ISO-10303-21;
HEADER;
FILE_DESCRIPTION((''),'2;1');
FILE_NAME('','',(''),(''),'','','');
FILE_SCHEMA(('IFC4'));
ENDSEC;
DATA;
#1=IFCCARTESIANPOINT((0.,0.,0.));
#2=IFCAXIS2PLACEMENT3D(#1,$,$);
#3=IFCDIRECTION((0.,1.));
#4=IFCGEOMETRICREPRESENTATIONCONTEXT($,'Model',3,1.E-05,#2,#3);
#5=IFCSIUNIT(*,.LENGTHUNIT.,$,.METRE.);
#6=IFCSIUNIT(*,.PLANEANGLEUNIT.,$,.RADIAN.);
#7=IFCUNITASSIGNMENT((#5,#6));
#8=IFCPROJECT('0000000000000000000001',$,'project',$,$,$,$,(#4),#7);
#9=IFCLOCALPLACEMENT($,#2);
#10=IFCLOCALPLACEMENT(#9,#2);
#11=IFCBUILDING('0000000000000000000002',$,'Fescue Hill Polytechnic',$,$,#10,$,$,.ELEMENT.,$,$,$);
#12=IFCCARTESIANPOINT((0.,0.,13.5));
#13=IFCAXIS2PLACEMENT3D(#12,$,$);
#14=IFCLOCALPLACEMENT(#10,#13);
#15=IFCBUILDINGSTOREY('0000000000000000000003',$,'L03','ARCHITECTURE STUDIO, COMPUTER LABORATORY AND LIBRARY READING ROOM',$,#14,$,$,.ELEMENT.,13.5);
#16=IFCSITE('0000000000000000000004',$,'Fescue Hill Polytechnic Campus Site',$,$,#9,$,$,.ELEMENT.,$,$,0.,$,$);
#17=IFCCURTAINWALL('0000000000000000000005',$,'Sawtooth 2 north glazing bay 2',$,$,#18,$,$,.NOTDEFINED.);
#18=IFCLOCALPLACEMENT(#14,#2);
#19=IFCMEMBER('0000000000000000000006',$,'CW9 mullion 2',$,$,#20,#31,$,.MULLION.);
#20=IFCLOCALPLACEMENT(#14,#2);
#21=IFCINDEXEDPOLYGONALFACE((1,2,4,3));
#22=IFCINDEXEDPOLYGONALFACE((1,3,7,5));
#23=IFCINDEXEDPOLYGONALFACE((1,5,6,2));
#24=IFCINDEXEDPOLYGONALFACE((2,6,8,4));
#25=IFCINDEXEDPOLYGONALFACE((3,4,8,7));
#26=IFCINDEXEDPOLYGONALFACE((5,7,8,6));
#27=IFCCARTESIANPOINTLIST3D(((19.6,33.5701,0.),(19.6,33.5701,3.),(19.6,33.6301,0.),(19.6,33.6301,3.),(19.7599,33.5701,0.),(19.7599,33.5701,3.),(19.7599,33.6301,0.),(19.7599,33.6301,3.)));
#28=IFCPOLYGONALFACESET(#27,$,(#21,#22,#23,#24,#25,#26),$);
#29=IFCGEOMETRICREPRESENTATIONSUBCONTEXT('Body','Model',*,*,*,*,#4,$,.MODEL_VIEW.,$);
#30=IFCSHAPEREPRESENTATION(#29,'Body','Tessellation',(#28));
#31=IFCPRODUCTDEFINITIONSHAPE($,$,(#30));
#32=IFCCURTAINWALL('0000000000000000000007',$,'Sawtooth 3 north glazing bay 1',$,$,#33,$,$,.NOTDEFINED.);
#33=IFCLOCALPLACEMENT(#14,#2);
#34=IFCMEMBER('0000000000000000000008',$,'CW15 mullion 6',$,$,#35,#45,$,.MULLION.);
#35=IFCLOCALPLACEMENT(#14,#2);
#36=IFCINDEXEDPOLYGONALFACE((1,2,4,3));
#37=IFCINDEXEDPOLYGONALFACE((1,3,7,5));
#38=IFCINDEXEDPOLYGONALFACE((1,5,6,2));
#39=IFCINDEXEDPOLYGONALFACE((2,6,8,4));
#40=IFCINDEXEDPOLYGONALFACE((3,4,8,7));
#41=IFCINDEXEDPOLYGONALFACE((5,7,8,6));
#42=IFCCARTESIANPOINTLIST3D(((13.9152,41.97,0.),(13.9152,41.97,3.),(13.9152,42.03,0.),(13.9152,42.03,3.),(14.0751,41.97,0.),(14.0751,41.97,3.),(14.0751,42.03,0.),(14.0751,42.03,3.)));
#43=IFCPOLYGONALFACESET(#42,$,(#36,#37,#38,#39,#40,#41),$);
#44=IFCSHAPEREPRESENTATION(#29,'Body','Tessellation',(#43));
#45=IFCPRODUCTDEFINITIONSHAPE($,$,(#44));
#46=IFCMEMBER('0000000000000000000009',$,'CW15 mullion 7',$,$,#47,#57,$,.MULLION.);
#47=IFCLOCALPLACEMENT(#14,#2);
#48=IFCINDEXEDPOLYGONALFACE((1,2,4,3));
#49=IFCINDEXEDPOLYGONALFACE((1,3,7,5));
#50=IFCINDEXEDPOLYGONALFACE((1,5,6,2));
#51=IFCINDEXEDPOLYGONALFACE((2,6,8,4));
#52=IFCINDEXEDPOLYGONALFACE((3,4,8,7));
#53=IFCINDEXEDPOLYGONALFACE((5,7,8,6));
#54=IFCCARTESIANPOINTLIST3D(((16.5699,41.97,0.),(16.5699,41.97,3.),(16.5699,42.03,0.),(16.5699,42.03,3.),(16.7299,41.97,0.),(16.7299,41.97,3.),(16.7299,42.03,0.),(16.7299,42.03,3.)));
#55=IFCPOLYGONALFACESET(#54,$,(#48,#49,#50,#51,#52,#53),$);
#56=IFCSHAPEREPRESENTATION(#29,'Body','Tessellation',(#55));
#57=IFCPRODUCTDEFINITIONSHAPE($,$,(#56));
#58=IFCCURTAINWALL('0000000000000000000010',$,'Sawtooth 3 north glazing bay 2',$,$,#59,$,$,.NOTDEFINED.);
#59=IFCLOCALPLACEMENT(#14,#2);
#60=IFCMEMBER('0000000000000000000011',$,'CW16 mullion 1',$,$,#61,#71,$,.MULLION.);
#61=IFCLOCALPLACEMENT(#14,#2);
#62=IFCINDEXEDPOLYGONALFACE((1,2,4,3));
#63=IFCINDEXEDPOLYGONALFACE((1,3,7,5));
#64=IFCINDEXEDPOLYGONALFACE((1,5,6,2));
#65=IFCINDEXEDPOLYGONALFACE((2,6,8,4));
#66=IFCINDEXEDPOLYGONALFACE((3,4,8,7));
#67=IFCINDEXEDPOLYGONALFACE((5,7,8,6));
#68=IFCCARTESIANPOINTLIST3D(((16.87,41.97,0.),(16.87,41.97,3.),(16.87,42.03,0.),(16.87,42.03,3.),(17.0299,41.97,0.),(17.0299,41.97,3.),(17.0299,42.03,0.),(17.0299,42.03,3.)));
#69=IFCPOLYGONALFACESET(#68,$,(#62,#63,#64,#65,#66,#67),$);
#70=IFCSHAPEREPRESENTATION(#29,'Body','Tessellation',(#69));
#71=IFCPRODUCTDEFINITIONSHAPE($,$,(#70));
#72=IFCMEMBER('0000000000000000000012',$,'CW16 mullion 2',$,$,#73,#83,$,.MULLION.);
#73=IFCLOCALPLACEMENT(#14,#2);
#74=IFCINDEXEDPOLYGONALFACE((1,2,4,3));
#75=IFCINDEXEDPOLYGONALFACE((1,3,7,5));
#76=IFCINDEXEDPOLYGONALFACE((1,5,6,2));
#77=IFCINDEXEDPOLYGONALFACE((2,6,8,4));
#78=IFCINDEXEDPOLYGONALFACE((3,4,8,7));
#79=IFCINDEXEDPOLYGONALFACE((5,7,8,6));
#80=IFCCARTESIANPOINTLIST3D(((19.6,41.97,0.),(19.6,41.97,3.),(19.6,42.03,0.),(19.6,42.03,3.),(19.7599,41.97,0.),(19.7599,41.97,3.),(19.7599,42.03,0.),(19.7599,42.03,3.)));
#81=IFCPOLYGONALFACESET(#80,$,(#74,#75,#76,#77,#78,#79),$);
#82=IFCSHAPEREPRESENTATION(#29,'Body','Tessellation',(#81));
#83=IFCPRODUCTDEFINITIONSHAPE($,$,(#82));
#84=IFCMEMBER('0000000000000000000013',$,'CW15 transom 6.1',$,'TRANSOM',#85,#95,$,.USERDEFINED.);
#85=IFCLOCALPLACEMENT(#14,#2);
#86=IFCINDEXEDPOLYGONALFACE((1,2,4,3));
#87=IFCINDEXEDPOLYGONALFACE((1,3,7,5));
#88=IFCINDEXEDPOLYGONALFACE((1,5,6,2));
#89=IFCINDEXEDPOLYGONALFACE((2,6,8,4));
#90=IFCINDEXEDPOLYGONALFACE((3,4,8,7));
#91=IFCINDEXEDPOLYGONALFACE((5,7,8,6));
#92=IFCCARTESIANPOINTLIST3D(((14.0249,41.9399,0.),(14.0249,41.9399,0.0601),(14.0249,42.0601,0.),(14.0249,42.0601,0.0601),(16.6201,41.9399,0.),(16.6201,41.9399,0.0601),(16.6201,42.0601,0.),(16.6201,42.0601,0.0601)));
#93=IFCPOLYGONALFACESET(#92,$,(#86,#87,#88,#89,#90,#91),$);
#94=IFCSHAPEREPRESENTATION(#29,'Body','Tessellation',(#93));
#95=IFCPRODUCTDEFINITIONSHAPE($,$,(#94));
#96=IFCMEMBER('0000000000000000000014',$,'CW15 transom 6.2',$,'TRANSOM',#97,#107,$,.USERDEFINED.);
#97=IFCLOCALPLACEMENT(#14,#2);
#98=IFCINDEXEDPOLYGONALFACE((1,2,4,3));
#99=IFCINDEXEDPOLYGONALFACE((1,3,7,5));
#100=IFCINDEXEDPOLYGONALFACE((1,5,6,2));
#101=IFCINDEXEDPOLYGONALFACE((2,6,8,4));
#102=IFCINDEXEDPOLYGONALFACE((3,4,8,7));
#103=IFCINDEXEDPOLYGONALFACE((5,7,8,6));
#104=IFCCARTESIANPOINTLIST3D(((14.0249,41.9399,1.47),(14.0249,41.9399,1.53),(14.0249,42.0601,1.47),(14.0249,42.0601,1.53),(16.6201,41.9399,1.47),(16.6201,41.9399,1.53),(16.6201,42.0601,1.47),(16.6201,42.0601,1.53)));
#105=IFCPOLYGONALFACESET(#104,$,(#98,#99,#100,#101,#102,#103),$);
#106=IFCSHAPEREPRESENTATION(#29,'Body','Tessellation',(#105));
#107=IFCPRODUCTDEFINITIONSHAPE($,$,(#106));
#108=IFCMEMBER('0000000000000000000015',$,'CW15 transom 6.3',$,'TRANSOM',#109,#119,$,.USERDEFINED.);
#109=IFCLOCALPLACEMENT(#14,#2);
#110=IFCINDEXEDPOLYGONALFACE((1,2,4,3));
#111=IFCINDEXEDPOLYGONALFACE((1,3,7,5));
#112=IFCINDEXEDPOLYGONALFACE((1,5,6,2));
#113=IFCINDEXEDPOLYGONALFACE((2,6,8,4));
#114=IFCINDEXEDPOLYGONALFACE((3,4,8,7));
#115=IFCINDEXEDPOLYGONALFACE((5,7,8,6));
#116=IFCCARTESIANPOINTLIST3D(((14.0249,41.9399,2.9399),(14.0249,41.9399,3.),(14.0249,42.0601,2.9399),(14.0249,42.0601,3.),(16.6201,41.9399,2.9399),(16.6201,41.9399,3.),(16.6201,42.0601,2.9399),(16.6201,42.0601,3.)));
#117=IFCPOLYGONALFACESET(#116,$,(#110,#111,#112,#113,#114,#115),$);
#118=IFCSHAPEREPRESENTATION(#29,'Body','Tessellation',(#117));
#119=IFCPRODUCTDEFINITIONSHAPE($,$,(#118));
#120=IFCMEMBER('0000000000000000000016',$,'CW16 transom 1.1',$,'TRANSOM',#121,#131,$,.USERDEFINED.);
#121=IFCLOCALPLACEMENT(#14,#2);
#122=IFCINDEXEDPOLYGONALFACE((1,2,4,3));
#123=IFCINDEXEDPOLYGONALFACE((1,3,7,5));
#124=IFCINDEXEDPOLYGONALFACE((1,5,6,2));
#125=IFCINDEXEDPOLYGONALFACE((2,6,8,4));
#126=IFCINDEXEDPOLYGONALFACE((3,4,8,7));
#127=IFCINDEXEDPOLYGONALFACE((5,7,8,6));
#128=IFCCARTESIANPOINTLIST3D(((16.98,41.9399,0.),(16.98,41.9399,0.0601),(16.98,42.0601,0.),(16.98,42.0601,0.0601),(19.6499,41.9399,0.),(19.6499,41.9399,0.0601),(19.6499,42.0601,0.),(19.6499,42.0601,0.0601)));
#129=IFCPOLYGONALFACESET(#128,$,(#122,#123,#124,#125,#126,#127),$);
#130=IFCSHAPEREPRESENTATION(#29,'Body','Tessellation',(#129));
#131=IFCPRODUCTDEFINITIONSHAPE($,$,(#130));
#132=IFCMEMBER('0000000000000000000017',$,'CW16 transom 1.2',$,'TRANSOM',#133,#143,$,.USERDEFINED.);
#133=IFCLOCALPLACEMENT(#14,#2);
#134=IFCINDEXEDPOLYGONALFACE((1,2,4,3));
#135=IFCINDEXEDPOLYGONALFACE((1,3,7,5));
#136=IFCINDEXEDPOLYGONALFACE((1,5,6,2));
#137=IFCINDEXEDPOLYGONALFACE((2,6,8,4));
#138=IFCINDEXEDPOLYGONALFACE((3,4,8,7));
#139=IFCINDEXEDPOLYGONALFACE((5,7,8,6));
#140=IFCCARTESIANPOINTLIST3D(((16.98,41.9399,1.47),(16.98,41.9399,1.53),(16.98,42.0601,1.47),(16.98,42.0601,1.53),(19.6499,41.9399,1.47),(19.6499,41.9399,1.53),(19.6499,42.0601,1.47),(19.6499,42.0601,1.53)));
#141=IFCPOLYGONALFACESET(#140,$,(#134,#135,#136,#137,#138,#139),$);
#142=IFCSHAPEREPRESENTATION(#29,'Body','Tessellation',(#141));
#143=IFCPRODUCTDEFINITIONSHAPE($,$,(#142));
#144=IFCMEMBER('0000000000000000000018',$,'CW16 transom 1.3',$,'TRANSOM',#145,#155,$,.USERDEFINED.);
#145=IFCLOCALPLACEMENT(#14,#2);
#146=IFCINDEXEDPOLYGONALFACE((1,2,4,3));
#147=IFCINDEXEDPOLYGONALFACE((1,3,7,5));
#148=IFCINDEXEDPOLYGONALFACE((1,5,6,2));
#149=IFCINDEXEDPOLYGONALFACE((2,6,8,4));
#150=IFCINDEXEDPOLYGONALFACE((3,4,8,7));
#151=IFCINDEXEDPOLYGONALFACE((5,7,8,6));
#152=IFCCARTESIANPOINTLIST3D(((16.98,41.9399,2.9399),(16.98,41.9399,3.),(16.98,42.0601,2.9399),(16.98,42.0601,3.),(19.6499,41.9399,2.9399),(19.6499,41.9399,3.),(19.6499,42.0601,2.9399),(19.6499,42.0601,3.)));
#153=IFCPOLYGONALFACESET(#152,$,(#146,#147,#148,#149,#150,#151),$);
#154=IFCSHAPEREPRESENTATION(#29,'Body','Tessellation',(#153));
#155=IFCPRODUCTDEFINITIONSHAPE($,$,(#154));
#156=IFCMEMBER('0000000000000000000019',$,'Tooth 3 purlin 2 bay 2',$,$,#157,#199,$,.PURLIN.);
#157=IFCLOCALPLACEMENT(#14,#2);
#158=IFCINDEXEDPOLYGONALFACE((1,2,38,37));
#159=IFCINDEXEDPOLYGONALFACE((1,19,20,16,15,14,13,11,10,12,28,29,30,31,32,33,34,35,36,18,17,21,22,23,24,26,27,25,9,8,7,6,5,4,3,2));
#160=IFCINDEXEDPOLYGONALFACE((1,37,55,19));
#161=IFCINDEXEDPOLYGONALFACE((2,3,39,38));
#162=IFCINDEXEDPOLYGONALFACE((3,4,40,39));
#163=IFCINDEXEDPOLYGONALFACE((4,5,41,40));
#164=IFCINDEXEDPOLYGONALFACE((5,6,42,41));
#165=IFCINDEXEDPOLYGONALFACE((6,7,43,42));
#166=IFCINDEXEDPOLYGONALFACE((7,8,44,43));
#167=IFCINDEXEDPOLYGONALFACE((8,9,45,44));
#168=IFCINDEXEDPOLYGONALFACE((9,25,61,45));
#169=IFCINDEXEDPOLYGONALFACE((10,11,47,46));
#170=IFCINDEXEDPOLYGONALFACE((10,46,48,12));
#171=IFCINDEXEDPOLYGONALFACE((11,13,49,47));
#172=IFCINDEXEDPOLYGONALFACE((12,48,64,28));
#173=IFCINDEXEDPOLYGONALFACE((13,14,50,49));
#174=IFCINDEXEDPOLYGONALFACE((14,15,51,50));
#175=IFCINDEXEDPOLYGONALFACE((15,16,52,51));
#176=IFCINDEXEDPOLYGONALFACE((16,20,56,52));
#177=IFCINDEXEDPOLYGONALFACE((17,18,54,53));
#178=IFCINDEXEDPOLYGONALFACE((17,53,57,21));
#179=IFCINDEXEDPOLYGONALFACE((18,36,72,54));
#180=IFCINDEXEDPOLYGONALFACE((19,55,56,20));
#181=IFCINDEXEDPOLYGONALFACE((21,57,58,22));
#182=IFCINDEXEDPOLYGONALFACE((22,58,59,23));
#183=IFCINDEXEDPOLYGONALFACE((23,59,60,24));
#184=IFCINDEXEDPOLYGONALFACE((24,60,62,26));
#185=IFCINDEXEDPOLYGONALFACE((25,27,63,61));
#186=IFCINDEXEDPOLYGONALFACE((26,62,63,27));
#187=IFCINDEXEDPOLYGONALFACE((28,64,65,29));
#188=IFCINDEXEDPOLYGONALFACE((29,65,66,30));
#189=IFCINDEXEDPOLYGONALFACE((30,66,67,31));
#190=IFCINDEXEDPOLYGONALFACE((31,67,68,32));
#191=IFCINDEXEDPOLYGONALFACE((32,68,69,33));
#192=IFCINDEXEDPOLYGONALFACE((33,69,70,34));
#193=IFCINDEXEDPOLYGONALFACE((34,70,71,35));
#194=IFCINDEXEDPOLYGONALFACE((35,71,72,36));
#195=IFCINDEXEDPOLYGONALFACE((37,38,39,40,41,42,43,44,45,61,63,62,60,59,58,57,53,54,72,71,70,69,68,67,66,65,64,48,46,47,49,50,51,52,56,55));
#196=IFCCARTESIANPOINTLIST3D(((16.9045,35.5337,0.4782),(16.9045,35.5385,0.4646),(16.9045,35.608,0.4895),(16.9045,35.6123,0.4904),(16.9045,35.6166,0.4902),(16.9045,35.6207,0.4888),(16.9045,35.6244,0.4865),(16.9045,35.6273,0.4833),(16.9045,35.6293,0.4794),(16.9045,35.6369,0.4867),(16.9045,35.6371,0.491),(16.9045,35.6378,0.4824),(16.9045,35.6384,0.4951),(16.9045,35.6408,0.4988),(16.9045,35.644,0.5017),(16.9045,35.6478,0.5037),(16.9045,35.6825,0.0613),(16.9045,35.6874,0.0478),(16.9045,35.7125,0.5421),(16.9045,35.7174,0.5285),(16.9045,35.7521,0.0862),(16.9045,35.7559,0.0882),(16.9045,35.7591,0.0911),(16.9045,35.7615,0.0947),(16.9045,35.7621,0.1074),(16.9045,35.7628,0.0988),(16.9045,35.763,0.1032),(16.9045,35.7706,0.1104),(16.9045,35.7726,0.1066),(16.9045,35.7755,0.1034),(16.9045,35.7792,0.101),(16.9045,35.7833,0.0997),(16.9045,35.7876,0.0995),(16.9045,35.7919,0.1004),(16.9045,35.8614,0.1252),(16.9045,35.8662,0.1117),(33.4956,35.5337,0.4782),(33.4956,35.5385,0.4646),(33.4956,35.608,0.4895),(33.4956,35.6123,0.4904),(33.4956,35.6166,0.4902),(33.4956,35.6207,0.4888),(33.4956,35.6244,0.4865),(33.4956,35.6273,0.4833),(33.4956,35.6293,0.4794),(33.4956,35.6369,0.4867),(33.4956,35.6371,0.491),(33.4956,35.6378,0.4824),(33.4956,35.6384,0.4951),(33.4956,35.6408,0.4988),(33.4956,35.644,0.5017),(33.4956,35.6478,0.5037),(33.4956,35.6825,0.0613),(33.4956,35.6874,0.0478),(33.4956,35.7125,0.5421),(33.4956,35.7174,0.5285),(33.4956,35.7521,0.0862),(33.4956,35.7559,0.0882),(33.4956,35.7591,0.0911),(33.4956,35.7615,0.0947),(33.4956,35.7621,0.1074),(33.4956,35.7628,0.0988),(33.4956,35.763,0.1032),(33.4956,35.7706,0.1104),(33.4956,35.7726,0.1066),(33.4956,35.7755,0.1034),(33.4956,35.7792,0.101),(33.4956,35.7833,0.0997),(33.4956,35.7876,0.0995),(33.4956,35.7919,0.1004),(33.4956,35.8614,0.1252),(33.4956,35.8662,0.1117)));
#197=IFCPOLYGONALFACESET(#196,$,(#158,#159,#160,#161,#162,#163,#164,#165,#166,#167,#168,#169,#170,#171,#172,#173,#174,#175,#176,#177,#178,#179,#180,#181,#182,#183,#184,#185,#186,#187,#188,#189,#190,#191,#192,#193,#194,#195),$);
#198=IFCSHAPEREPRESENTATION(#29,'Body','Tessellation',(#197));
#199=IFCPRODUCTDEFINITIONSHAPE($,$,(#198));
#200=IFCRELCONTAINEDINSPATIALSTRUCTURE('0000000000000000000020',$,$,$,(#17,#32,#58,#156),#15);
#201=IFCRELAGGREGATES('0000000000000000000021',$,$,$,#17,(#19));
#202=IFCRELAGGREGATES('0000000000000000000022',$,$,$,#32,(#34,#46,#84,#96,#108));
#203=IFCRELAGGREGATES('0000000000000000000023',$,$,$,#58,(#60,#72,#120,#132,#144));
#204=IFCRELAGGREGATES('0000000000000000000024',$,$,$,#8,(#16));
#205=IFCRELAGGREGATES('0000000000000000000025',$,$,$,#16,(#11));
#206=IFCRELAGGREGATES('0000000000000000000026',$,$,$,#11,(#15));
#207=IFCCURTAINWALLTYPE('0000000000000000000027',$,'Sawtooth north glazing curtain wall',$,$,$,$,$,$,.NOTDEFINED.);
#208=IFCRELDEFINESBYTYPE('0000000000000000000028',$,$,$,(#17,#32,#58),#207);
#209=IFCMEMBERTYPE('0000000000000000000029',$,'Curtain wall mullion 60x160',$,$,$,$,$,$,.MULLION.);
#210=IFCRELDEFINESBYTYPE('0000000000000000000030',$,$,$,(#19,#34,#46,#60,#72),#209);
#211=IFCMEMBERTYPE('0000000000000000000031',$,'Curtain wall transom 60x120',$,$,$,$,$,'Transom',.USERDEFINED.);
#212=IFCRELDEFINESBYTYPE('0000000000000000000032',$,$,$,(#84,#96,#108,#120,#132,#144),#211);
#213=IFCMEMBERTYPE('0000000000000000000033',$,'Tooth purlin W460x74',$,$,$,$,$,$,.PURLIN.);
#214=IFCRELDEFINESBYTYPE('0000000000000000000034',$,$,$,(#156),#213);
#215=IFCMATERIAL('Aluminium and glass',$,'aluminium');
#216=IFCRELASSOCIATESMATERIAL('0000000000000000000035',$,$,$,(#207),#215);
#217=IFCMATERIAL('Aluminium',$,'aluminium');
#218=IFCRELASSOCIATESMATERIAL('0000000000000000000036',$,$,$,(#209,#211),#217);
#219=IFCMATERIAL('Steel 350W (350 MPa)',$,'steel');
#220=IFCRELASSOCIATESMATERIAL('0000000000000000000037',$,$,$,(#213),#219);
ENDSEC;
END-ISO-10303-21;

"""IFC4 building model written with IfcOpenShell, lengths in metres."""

from ifc_helpers import new_model, si_unit, direction, frame, origin, origin_2d, place, context, subcontext, project, spatial, rectangle, i_section, extrude, material, material_profile, profile_set, type_object, element, aggregate, save


model = new_model("IFC4")

# Units and contexts
model_context = context("Model", 3, precision=1e-05, world=origin(), true_north=direction((0.0, 1.0)))
body_context = subcontext(model_context, "Body", "Model", "MODEL_VIEW")
ifc_project = project(units=[si_unit("LENGTHUNIT", "METRE"), si_unit("PLANEANGLEUNIT", "RADIAN")], contexts=[model_context])

# Site, building, storey
site_placement = place(None, origin())
site = spatial("IfcSite", under=ifc_project, at=site_placement, Name="Fescue Hill Polytechnic Campus Site", CompositionType="ELEMENT", RefElevation=0.0)
building_placement = place(site_placement, origin())
building = spatial("IfcBuilding", under=site, at=building_placement, Name="Fescue Hill Polytechnic", CompositionType="ELEMENT")
storey_placement = place(building_placement, frame((0.0, 0.0, 13.5)))
storey = spatial("IfcBuildingStorey", under=building, at=storey_placement, Name="L03", Description="ARCHITECTURE STUDIO, COMPUTER LABORATORY AND LIBRARY READING ROOM", CompositionType="ELEMENT", Elevation=13.5)

# Curtain wall, member
ifc_material_1 = material(Name="Aluminium and glass", Category="aluminium")
curtain_wall_type = type_object("IfcCurtainWallType", Name="Sawtooth north glazing curtain wall", PredefinedType="NOTDEFINED", material=ifc_material_1)
curtain_wall_1_placement = place(storey_placement, origin())
curtain_wall_1 = element("IfcCurtainWall", 1, at=curtain_wall_1_placement, inside=storey, type_object=curtain_wall_type, Name="Sawtooth 2 north glazing bay 2", PredefinedType="NOTDEFINED")
ifc_material_2 = material(Name="Aluminium", Category="aluminium")
ifc_material_profile_1 = material_profile(ifc_material_2, rectangle(XDim=0.0601, YDim=0.1599, at=origin_2d()), Name="Curtain wall mullion 60x160")
ifc_profile_set_1 = profile_set([ifc_material_profile_1], Name="Aluminium")
member_type_1 = type_object("IfcMemberType", Name="Curtain wall mullion 60x160", PredefinedType="MULLION", material=ifc_profile_set_1)
member_1_placement = place(storey_placement, frame((19.6799, 33.6001, 0.0), z_axis=(0.0, 0.0, 1.0), x_axis=(0.0, 1.0, 0.0)))
member_1 = element("IfcMember", 2, at=member_1_placement, type_object=member_type_1, Name="CW9 mullion 2", PredefinedType="MULLION", context=body_context, shape_type="SweptSolid", body=[
    extrude(rectangle(XDim=0.0601, YDim=0.1599, at=origin_2d()), origin(), (0.0, 0.0, 1.0), 3.0),
])

# Curtain walls, members
curtain_wall_2_placement = place(storey_placement, origin())
curtain_wall_2 = element("IfcCurtainWall", 3, at=curtain_wall_2_placement, inside=storey, type_object=curtain_wall_type, Name="Sawtooth 3 north glazing bay 1", PredefinedType="NOTDEFINED")
member_2_placement = place(storey_placement, frame((13.9951, 42.0, 0.0), z_axis=(0.0, 0.0, 1.0), x_axis=(0.0, 1.0, 0.0)))
member_2 = element("IfcMember", 4, at=member_2_placement, type_object=member_type_1, Name="CW15 mullion 6", PredefinedType="MULLION", context=body_context, shape_type="SweptSolid", body=[
    extrude(rectangle(XDim=0.0601, YDim=0.1599, at=origin_2d()), origin(), (0.0, 0.0, 1.0), 3.0),
])
member_3_placement = place(storey_placement, frame((16.6499, 42.0, 0.0), z_axis=(0.0, 0.0, 1.0), x_axis=(0.0, 1.0, 0.0)))
member_3 = element("IfcMember", 5, at=member_3_placement, type_object=member_type_1, Name="CW15 mullion 7", PredefinedType="MULLION", context=body_context, shape_type="SweptSolid", body=[
    extrude(rectangle(XDim=0.0601, YDim=0.1599, at=origin_2d()), origin(), (0.0, 0.0, 1.0), 3.0),
])
curtain_wall_3_placement = place(storey_placement, origin())
curtain_wall_3 = element("IfcCurtainWall", 6, at=curtain_wall_3_placement, inside=storey, type_object=curtain_wall_type, Name="Sawtooth 3 north glazing bay 2", PredefinedType="NOTDEFINED")
member_4_placement = place(storey_placement, frame((16.95, 42.0, 0.0), z_axis=(0.0, 0.0, 1.0), x_axis=(0.0, 1.0, 0.0)))
member_4 = element("IfcMember", 7, at=member_4_placement, type_object=member_type_1, Name="CW16 mullion 1", PredefinedType="MULLION", context=body_context, shape_type="SweptSolid", body=[
    extrude(rectangle(XDim=0.0601, YDim=0.1599, at=origin_2d()), origin(), (0.0, 0.0, 1.0), 3.0),
])
member_5_placement = place(storey_placement, frame((19.6799, 42.0, 0.0), z_axis=(0.0, 0.0, 1.0), x_axis=(0.0, 1.0, 0.0)))
member_5 = element("IfcMember", 8, at=member_5_placement, type_object=member_type_1, Name="CW16 mullion 2", PredefinedType="MULLION", context=body_context, shape_type="SweptSolid", body=[
    extrude(rectangle(XDim=0.0601, YDim=0.1599, at=origin_2d()), origin(), (0.0, 0.0, 1.0), 3.0),
])

# Members
ifc_material_profile_2 = material_profile(ifc_material_2, rectangle(XDim=0.1201, YDim=0.0601, at=origin_2d()), Name="Curtain wall transom 60x120")
ifc_profile_set_2 = profile_set([ifc_material_profile_2], Name="Aluminium")
member_type_2 = type_object("IfcMemberType", Name="Curtain wall transom 60x120", ElementType="Transom", PredefinedType="USERDEFINED", material=ifc_profile_set_2)
member_6_placement = place(storey_placement, frame((14.0249, 42.0, 0.03), z_axis=(1.0, 0.0, 0.0), x_axis=(0.0, 1.0, 0.0)))
member_6 = element("IfcMember", 9, at=member_6_placement, type_object=member_type_2, Name="CW15 transom 6.1", ObjectType="TRANSOM", PredefinedType="USERDEFINED", context=body_context, shape_type="SweptSolid", body=[
    extrude(rectangle(XDim=0.1201, YDim=0.0601, at=origin_2d()), origin(), (0.0, 0.0, 1.0), 2.5952),
])
member_7_placement = place(storey_placement, frame((14.0249, 42.0, 1.5), z_axis=(1.0, 0.0, 0.0), x_axis=(0.0, 1.0, 0.0)))
member_7 = element("IfcMember", 10, at=member_7_placement, type_object=member_type_2, Name="CW15 transom 6.2", ObjectType="TRANSOM", PredefinedType="USERDEFINED", context=body_context, shape_type="SweptSolid", body=[
    extrude(rectangle(XDim=0.1201, YDim=0.0601, at=origin_2d()), origin(), (0.0, 0.0, 1.0), 2.5952),
])
member_8_placement = place(storey_placement, frame((14.0249, 42.0, 2.97), z_axis=(1.0, 0.0, 0.0), x_axis=(0.0, 1.0, 0.0)))
member_8 = element("IfcMember", 11, at=member_8_placement, type_object=member_type_2, Name="CW15 transom 6.3", ObjectType="TRANSOM", PredefinedType="USERDEFINED", context=body_context, shape_type="SweptSolid", body=[
    extrude(rectangle(XDim=0.1201, YDim=0.0601, at=origin_2d()), origin(), (0.0, 0.0, 1.0), 2.5952),
])
member_9_placement = place(storey_placement, frame((16.98, 42.0, 0.03), z_axis=(1.0, 0.0, 0.0), x_axis=(0.0, 1.0, 0.0)))
member_9 = element("IfcMember", 12, at=member_9_placement, type_object=member_type_2, Name="CW16 transom 1.1", ObjectType="TRANSOM", PredefinedType="USERDEFINED", context=body_context, shape_type="SweptSolid", body=[
    extrude(rectangle(XDim=0.1201, YDim=0.0601, at=origin_2d()), origin(), (0.0, 0.0, 1.0), 2.6699),
])
member_10_placement = place(storey_placement, frame((16.98, 42.0, 1.5), z_axis=(1.0, 0.0, 0.0), x_axis=(0.0, 1.0, 0.0)))
member_10 = element("IfcMember", 13, at=member_10_placement, type_object=member_type_2, Name="CW16 transom 1.2", ObjectType="TRANSOM", PredefinedType="USERDEFINED", context=body_context, shape_type="SweptSolid", body=[
    extrude(rectangle(XDim=0.1201, YDim=0.0601, at=origin_2d()), origin(), (0.0, 0.0, 1.0), 2.6699),
])
member_11_placement = place(storey_placement, frame((16.98, 42.0, 2.97), z_axis=(1.0, 0.0, 0.0), x_axis=(0.0, 1.0, 0.0)))
member_11 = element("IfcMember", 14, at=member_11_placement, type_object=member_type_2, Name="CW16 transom 1.3", ObjectType="TRANSOM", PredefinedType="USERDEFINED", context=body_context, shape_type="SweptSolid", body=[
    extrude(rectangle(XDim=0.1201, YDim=0.0601, at=origin_2d()), origin(), (0.0, 0.0, 1.0), 2.6699),
])

# Member
ifc_material_3 = material(Name="Steel 350W (350 MPa)", Category="steel")
ifc_material_profile_3 = material_profile(ifc_material_3, i_section(OverallWidth=0.1899, OverallDepth=0.457, WebThickness=0.009, FlangeThickness=0.0144, FilletRadius=0.0166, at=origin_2d()), Name="W460x74")
ifc_profile_set_3 = profile_set([ifc_material_profile_3], Name="Steel 350W (350 MPa)")
member_type_3 = type_object("IfcMemberType", Name="Tooth purlin W460x74", PredefinedType="PURLIN", material=ifc_profile_set_3)
for number, where, z_axis, x_axis, name in (
    (15, (16.9045, 35.7, 0.2949), (1.0, 0.0, 0.0), (0.0, 0.941742, 0.336336), "Tooth 3 purlin 2 bay 2"),
):
    element("IfcMember", number, at=place(storey_placement, frame(where, z_axis=z_axis, x_axis=x_axis)), inside=storey, type_object=member_type_3, Name=name, PredefinedType="PURLIN", context=body_context, shape_type="SweptSolid", body=[
        extrude(i_section(OverallWidth=0.1899, OverallDepth=0.457, WebThickness=0.009, FlangeThickness=0.0144, FilletRadius=0.0166, at=origin_2d()), origin(), (0.0, 0.0, 1.0), 16.5911),
    ])

aggregate(curtain_wall_1, [member_1])
aggregate(curtain_wall_2, [member_2, member_3, member_6, member_7, member_8])
aggregate(curtain_wall_3, [member_4, member_5, member_9, member_10, member_11])

save(model, "model.ifc")
